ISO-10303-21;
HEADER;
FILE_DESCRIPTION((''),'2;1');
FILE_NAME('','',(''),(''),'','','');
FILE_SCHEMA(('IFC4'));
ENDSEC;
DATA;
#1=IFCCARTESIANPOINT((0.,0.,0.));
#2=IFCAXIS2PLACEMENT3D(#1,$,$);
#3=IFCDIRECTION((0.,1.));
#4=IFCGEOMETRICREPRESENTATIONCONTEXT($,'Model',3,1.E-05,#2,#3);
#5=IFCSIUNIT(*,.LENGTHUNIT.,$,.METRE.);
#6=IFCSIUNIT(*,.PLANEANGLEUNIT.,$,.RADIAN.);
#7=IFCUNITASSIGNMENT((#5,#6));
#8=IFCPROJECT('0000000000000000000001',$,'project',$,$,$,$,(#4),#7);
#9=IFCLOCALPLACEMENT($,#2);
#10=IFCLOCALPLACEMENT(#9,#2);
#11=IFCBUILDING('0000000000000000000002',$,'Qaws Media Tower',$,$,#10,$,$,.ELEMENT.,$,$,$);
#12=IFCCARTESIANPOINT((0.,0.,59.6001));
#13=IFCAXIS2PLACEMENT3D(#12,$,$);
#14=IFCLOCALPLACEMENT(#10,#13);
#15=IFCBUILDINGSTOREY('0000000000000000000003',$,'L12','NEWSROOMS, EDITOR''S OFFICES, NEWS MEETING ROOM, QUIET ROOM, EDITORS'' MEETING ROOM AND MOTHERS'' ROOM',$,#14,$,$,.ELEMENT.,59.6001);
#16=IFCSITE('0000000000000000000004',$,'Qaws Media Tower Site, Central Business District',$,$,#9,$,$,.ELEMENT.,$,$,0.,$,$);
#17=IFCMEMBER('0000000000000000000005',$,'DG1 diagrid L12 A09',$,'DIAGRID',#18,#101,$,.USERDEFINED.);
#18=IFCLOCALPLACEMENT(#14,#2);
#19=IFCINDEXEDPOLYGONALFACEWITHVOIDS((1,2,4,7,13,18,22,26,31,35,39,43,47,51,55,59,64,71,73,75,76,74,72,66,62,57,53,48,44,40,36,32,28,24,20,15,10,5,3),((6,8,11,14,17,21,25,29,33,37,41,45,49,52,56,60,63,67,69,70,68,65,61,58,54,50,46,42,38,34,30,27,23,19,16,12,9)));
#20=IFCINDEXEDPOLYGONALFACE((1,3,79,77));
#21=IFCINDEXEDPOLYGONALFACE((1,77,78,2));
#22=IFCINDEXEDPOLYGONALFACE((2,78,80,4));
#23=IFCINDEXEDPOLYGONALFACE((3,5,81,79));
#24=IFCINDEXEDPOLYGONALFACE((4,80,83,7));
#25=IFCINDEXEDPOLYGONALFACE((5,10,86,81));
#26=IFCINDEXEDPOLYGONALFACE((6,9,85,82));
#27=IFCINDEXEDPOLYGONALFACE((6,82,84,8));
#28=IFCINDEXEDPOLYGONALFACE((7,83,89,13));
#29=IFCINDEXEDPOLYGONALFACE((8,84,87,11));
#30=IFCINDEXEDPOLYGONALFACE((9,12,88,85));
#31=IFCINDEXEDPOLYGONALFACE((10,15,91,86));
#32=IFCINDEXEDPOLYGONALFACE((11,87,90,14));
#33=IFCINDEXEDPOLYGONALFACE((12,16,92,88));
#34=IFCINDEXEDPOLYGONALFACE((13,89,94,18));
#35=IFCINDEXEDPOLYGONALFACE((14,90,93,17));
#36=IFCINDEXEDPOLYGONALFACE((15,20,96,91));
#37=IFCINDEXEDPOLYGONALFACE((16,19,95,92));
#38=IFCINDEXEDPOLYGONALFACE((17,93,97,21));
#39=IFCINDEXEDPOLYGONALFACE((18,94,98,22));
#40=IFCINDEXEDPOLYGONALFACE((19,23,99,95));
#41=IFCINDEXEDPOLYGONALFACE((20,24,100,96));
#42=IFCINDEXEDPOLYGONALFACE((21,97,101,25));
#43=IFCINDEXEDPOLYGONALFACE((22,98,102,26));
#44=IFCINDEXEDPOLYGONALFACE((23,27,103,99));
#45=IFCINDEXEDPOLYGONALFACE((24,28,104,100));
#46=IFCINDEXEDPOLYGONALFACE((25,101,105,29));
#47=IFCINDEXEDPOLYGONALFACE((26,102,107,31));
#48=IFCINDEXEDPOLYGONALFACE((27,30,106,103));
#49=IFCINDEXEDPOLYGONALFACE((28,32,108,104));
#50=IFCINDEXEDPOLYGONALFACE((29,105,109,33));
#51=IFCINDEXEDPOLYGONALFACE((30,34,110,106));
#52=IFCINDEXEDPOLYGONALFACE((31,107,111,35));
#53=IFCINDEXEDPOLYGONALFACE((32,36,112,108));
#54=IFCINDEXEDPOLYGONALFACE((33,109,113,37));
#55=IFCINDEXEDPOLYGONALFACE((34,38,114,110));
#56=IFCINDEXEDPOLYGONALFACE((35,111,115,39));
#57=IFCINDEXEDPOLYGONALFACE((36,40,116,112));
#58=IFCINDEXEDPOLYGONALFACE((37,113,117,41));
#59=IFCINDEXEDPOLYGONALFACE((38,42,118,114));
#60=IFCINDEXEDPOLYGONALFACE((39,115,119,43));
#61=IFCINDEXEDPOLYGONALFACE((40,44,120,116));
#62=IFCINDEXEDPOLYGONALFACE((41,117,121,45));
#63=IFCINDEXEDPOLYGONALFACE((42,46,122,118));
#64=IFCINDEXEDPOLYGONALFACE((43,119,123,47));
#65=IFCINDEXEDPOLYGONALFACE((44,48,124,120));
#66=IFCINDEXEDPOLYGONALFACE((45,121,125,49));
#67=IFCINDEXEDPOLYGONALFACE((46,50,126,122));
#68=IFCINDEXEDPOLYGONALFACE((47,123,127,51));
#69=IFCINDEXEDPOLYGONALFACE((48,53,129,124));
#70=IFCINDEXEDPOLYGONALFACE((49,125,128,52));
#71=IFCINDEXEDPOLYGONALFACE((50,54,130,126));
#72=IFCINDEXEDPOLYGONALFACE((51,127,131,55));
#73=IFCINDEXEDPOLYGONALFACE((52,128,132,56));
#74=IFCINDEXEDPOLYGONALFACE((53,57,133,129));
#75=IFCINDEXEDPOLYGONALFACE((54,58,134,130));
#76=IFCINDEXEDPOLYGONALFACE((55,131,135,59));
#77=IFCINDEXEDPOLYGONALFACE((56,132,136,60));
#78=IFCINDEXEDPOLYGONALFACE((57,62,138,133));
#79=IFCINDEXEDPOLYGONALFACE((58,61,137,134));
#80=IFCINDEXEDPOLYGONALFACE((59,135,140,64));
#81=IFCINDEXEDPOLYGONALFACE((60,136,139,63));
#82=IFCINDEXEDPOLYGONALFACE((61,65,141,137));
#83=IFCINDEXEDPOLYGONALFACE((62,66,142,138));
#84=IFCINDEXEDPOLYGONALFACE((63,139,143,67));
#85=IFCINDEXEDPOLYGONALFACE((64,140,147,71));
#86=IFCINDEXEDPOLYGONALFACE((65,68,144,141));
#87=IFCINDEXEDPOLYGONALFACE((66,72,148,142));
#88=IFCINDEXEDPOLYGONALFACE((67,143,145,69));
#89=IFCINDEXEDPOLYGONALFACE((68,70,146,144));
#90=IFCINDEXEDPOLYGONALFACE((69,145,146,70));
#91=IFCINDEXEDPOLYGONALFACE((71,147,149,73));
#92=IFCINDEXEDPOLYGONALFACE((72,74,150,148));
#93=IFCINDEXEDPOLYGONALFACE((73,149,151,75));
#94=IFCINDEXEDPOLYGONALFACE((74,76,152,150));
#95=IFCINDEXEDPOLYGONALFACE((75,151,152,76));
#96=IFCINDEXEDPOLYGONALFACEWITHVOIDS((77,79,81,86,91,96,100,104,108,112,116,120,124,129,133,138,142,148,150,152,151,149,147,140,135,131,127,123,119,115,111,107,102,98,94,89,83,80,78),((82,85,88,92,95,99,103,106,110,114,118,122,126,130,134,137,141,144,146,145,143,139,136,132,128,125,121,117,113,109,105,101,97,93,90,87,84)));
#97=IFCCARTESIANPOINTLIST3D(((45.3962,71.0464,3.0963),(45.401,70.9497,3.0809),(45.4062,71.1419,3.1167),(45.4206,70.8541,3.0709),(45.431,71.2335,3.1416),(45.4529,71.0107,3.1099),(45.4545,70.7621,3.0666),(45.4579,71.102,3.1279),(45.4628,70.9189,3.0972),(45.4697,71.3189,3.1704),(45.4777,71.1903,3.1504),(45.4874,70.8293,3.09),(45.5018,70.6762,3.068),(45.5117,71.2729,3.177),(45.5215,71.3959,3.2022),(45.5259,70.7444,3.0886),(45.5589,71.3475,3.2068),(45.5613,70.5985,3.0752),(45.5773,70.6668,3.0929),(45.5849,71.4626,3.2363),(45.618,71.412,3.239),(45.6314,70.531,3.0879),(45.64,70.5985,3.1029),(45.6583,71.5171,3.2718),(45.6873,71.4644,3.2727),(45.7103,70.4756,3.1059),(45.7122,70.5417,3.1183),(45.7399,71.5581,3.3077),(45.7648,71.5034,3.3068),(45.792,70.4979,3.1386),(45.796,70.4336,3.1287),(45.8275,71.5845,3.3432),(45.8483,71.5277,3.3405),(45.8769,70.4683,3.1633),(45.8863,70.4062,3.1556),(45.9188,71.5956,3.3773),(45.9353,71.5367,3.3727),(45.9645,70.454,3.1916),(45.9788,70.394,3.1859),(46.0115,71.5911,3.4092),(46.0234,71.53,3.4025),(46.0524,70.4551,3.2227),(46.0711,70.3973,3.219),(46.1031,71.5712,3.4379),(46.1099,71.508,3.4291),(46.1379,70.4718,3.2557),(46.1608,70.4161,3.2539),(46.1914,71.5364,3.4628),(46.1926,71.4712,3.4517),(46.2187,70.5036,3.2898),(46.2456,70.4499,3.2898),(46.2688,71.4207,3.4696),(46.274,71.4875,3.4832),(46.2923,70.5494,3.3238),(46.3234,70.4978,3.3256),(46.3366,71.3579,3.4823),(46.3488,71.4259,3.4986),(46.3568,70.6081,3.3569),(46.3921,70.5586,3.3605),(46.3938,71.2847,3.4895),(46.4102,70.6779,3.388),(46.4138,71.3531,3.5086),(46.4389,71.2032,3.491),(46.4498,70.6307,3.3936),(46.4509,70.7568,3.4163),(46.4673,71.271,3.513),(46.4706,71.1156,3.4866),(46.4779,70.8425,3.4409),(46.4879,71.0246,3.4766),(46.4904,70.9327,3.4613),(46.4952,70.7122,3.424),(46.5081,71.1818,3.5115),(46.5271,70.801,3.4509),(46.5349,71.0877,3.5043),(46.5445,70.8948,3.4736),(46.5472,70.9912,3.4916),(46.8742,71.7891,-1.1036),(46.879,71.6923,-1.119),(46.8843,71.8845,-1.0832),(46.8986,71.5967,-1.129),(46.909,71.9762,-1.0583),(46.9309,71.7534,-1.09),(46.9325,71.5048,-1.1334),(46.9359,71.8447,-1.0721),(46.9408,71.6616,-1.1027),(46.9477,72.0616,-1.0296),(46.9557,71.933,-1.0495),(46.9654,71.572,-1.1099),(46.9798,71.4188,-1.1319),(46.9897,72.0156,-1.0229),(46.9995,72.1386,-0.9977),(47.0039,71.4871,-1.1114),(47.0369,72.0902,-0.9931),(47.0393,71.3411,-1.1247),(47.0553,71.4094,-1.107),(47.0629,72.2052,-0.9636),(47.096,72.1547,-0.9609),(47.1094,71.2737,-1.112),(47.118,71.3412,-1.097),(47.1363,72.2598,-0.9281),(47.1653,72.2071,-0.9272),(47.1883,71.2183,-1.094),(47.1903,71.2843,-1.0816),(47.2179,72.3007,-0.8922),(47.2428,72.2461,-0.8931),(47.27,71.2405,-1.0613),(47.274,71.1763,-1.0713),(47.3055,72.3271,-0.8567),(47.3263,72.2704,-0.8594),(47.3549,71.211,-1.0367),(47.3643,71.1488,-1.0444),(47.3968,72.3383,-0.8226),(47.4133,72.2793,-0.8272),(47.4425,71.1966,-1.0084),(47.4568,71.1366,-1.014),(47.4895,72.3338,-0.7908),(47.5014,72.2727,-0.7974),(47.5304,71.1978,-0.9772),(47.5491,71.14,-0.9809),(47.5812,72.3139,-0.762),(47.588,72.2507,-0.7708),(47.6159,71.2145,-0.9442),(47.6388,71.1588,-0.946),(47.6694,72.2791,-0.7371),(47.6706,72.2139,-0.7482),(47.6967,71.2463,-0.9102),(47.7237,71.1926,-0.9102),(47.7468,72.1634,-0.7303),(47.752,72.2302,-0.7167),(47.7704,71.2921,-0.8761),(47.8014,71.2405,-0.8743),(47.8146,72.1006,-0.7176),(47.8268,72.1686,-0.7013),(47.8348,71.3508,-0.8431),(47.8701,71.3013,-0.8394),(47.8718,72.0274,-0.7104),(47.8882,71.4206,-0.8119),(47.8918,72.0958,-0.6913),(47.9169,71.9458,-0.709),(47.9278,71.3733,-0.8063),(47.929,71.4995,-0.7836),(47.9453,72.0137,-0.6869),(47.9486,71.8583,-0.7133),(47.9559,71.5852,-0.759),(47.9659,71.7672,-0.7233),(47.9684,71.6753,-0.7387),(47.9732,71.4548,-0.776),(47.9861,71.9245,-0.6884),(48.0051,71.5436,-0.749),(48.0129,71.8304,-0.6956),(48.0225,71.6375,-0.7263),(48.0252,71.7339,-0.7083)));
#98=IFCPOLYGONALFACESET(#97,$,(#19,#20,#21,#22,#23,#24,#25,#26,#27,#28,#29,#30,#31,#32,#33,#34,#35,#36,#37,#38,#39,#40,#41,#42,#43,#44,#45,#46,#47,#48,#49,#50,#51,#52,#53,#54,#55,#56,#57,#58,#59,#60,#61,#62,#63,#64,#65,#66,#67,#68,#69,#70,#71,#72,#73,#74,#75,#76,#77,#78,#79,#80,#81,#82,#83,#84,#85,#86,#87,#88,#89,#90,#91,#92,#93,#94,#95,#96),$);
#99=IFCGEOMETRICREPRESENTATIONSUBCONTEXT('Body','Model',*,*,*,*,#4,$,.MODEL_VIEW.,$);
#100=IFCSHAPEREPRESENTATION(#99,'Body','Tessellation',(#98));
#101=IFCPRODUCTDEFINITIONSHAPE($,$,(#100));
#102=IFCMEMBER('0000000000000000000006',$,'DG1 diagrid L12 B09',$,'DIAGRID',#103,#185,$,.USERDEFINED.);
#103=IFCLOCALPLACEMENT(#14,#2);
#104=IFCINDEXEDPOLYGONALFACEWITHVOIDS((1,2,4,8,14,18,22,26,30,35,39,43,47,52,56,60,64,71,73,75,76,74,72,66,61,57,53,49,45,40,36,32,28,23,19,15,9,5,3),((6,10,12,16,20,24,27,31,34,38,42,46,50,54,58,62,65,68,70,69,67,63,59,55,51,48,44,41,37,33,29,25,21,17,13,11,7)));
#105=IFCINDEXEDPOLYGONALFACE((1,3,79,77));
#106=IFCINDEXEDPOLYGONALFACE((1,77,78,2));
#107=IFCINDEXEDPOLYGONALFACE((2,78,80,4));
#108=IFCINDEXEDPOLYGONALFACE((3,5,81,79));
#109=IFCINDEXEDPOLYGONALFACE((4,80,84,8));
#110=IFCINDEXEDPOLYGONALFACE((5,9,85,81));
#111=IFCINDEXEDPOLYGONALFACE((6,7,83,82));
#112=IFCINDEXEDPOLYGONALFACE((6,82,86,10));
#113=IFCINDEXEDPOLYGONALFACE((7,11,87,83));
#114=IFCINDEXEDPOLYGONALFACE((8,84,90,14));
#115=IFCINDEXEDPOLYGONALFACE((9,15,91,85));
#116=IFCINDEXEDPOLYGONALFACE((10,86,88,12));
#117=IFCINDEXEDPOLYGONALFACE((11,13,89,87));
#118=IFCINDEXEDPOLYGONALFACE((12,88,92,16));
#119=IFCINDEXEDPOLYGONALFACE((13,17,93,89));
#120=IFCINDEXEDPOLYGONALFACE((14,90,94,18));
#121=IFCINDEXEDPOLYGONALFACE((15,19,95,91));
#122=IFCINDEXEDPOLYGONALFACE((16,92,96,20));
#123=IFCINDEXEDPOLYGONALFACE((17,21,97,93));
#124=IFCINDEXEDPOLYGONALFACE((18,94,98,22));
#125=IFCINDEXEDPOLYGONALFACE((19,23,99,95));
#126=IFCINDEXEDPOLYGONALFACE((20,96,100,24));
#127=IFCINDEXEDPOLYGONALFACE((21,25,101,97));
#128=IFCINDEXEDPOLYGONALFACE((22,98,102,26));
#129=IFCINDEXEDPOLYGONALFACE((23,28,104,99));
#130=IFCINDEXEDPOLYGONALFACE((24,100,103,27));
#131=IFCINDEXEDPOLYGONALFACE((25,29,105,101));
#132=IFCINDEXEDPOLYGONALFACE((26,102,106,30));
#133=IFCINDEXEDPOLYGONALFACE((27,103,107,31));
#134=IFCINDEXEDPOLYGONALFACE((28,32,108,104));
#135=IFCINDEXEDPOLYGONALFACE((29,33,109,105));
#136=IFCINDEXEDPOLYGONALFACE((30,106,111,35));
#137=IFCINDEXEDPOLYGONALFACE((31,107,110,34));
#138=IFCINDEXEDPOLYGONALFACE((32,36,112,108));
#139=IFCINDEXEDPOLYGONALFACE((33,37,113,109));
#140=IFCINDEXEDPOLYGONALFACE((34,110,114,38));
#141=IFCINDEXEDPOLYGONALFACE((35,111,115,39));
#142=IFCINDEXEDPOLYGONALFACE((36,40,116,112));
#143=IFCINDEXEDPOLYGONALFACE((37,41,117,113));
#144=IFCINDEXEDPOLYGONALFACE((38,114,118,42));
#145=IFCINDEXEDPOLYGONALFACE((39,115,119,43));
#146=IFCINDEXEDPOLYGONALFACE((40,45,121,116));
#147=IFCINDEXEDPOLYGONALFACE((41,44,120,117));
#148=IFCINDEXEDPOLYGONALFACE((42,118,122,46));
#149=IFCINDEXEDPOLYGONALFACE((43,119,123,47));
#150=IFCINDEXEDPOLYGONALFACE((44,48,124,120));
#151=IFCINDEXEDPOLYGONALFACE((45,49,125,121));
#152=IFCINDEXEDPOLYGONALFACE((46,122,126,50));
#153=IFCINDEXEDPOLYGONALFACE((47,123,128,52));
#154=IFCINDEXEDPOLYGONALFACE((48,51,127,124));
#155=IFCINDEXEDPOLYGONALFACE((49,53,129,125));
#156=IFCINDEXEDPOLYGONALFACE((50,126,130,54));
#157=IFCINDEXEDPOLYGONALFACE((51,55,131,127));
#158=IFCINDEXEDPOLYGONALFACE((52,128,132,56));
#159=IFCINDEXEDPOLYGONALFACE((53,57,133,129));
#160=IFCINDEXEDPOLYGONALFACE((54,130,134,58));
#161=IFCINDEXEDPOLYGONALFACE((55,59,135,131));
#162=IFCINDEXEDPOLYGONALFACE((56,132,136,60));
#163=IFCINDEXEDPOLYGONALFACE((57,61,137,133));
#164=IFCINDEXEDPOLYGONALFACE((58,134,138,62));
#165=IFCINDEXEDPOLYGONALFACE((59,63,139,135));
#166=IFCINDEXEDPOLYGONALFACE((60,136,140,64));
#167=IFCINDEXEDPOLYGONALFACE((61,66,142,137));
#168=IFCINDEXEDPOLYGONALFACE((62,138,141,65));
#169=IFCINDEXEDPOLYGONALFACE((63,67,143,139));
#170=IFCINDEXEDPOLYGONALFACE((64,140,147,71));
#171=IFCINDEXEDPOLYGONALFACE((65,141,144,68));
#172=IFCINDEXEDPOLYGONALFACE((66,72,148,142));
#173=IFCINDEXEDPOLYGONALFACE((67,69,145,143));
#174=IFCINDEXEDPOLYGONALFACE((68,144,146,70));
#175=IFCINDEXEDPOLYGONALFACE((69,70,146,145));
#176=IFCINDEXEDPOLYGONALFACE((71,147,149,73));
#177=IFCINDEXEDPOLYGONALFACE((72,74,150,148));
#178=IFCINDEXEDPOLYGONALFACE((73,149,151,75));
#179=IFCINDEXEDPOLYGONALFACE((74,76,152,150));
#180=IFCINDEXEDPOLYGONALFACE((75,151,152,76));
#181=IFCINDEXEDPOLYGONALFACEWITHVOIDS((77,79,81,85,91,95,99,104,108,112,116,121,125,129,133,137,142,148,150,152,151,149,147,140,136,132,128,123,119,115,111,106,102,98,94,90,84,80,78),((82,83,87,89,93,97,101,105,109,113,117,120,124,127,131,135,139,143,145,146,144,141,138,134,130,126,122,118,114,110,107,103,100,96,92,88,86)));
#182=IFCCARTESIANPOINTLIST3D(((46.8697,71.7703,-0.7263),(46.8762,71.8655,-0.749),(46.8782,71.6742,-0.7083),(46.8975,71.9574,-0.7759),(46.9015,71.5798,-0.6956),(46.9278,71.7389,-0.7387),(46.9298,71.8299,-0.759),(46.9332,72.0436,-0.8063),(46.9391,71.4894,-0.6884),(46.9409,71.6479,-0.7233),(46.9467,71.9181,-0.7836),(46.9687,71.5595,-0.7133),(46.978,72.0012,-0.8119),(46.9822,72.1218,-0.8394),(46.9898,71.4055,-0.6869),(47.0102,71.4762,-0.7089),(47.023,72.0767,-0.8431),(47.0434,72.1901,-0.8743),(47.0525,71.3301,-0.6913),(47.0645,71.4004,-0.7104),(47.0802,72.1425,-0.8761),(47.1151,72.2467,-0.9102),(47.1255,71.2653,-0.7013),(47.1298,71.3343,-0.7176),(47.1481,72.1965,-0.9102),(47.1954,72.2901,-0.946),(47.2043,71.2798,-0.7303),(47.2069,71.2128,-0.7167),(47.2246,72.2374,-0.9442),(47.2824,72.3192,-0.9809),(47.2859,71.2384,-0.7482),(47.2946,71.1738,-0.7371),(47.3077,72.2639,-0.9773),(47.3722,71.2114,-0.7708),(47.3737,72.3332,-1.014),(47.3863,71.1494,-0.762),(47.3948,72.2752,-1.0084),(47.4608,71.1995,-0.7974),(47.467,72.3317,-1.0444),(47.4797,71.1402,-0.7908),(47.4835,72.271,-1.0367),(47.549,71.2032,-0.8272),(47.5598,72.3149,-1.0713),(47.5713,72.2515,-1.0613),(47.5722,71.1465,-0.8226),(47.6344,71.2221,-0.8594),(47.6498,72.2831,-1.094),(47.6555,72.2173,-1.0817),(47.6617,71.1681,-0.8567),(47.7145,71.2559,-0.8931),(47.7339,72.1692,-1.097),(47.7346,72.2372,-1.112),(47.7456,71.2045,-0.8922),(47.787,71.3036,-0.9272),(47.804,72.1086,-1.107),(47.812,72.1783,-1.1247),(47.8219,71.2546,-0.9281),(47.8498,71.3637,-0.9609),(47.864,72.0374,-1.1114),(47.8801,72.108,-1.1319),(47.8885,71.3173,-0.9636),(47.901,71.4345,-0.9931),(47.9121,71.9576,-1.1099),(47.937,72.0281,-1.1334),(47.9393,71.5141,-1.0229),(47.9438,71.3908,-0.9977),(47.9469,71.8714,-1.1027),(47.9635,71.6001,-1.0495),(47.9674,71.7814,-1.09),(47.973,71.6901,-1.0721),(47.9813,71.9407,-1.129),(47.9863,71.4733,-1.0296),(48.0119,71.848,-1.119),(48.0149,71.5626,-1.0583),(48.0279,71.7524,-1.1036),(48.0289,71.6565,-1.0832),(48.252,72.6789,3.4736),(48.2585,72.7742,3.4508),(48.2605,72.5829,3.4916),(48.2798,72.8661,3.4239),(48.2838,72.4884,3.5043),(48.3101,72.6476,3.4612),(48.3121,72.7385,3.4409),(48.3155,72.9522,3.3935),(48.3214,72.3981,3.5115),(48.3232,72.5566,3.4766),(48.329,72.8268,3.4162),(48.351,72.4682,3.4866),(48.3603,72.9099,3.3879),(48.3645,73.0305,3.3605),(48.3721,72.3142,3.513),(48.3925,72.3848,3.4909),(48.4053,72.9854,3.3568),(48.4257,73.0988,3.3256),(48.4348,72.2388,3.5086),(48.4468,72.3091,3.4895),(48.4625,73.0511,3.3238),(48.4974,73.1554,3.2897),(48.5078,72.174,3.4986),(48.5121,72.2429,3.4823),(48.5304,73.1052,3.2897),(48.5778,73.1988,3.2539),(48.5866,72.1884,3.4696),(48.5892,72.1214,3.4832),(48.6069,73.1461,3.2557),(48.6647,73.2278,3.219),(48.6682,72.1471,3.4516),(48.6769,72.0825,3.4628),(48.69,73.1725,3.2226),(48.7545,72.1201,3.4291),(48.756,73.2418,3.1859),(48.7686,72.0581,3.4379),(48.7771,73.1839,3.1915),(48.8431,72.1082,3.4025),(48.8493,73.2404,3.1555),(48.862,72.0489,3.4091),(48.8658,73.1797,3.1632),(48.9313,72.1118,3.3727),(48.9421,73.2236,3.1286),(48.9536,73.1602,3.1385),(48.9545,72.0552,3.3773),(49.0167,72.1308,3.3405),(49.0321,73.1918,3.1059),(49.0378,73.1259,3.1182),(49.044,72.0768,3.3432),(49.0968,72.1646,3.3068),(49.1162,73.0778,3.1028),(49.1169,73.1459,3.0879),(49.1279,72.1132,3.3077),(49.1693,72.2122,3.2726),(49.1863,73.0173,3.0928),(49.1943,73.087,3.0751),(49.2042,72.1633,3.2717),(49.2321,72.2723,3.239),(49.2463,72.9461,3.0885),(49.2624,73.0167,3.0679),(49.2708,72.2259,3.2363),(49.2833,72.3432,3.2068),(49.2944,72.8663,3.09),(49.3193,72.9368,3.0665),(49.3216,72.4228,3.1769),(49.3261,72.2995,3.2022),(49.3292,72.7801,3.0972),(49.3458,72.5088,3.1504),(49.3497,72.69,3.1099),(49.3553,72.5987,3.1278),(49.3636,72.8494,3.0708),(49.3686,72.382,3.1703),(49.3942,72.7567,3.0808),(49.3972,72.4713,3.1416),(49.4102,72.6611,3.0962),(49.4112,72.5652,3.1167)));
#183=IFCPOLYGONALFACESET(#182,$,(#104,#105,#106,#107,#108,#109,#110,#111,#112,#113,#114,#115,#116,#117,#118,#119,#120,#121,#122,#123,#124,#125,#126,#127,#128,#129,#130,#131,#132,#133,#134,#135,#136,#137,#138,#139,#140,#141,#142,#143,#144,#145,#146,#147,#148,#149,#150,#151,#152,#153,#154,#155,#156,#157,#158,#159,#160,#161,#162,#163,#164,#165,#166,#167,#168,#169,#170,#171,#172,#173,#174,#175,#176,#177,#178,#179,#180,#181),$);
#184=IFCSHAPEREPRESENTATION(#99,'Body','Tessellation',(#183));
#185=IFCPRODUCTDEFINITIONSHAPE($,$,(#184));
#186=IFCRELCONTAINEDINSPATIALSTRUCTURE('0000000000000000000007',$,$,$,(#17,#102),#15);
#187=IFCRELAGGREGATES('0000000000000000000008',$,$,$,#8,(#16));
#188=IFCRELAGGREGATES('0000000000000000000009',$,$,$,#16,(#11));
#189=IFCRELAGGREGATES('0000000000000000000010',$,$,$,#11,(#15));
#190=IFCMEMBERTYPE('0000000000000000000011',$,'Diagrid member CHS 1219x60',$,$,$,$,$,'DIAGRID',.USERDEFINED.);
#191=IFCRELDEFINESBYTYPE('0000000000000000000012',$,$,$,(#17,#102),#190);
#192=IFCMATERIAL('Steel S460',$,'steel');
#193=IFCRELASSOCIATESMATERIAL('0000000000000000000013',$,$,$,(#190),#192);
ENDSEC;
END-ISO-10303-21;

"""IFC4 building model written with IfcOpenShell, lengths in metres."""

from ifc_helpers import new_model, si_unit, direction, frame, origin, origin_2d, place, context, subcontext, project, spatial, hollow_circle, extrude, material, material_profile, profile_set, type_object, element, save


model = new_model("IFC4")

# Units and contexts
model_context = context("Model", 3, precision=1e-05, world=origin(), true_north=direction((0.0, 1.0)))
body_context = subcontext(model_context, "Body", "Model", "MODEL_VIEW")
ifc_project = project(units=[si_unit("LENGTHUNIT", "METRE"), si_unit("PLANEANGLEUNIT", "RADIAN")], contexts=[model_context])

# Site, building, storey
site_placement = place(None, origin())
site = spatial("IfcSite", under=ifc_project, at=site_placement, Name="Qaws Media Tower Site, Central Business District", CompositionType="ELEMENT", RefElevation=0.0)
building_placement = place(site_placement, origin())
building = spatial("IfcBuilding", under=site, at=building_placement, Name="Qaws Media Tower", CompositionType="ELEMENT")
storey_placement = place(building_placement, frame((0.0, 0.0, 59.6001)))
storey = spatial("IfcBuildingStorey", under=building, at=storey_placement, Name="L12", Description="NEWSROOMS, EDITOR'S OFFICES, NEWS MEETING ROOM, QUIET ROOM, EDITORS' MEETING ROOM AND MOTHERS' ROOM", CompositionType="ELEMENT", Elevation=59.6001)

# Members
ifc_material_1 = material(Name="Steel S460", Category="steel")
ifc_material_profile_1 = material_profile(ifc_material_1, hollow_circle(Radius=0.6096, WallThickness=0.0601, at=origin_2d()), Name="CHS 1219x60")
ifc_profile_set_1 = profile_set([ifc_material_profile_1], Name="Steel S460")
member_type_1 = type_object("IfcMemberType", Name="Diagrid member CHS 1219x60", ElementType="DIAGRID", PredefinedType="USERDEFINED", material=ifc_profile_set_1)
for number, where, z_axis, x_axis, name in (
    (1, (47.45, 71.7373, -0.9102), (-0.327436, -0.164529, 0.930439), (0.448984, -0.89354, 0.0), "DG1 diagrid L12 A09"),
    (2, (47.45, 71.7373, -0.9102), (0.306231, 0.201305, 0.930429), (-0.549307, 0.83562, 0.0), "DG1 diagrid L12 B09"),
):
    element("IfcMember", number, at=place(storey_placement, frame(where, z_axis=z_axis, x_axis=x_axis)), inside=storey, type_object=member_type_1, Name=name, ObjectType="DIAGRID", PredefinedType="USERDEFINED", context=body_context, shape_type="SweptSolid", body=[
        extrude(hollow_circle(Radius=0.6096, WallThickness=0.0601, at=origin_2d()), origin(), (0.0, 0.0, 1.0), 4.5139),
    ])

save(model, "model.ifc")
